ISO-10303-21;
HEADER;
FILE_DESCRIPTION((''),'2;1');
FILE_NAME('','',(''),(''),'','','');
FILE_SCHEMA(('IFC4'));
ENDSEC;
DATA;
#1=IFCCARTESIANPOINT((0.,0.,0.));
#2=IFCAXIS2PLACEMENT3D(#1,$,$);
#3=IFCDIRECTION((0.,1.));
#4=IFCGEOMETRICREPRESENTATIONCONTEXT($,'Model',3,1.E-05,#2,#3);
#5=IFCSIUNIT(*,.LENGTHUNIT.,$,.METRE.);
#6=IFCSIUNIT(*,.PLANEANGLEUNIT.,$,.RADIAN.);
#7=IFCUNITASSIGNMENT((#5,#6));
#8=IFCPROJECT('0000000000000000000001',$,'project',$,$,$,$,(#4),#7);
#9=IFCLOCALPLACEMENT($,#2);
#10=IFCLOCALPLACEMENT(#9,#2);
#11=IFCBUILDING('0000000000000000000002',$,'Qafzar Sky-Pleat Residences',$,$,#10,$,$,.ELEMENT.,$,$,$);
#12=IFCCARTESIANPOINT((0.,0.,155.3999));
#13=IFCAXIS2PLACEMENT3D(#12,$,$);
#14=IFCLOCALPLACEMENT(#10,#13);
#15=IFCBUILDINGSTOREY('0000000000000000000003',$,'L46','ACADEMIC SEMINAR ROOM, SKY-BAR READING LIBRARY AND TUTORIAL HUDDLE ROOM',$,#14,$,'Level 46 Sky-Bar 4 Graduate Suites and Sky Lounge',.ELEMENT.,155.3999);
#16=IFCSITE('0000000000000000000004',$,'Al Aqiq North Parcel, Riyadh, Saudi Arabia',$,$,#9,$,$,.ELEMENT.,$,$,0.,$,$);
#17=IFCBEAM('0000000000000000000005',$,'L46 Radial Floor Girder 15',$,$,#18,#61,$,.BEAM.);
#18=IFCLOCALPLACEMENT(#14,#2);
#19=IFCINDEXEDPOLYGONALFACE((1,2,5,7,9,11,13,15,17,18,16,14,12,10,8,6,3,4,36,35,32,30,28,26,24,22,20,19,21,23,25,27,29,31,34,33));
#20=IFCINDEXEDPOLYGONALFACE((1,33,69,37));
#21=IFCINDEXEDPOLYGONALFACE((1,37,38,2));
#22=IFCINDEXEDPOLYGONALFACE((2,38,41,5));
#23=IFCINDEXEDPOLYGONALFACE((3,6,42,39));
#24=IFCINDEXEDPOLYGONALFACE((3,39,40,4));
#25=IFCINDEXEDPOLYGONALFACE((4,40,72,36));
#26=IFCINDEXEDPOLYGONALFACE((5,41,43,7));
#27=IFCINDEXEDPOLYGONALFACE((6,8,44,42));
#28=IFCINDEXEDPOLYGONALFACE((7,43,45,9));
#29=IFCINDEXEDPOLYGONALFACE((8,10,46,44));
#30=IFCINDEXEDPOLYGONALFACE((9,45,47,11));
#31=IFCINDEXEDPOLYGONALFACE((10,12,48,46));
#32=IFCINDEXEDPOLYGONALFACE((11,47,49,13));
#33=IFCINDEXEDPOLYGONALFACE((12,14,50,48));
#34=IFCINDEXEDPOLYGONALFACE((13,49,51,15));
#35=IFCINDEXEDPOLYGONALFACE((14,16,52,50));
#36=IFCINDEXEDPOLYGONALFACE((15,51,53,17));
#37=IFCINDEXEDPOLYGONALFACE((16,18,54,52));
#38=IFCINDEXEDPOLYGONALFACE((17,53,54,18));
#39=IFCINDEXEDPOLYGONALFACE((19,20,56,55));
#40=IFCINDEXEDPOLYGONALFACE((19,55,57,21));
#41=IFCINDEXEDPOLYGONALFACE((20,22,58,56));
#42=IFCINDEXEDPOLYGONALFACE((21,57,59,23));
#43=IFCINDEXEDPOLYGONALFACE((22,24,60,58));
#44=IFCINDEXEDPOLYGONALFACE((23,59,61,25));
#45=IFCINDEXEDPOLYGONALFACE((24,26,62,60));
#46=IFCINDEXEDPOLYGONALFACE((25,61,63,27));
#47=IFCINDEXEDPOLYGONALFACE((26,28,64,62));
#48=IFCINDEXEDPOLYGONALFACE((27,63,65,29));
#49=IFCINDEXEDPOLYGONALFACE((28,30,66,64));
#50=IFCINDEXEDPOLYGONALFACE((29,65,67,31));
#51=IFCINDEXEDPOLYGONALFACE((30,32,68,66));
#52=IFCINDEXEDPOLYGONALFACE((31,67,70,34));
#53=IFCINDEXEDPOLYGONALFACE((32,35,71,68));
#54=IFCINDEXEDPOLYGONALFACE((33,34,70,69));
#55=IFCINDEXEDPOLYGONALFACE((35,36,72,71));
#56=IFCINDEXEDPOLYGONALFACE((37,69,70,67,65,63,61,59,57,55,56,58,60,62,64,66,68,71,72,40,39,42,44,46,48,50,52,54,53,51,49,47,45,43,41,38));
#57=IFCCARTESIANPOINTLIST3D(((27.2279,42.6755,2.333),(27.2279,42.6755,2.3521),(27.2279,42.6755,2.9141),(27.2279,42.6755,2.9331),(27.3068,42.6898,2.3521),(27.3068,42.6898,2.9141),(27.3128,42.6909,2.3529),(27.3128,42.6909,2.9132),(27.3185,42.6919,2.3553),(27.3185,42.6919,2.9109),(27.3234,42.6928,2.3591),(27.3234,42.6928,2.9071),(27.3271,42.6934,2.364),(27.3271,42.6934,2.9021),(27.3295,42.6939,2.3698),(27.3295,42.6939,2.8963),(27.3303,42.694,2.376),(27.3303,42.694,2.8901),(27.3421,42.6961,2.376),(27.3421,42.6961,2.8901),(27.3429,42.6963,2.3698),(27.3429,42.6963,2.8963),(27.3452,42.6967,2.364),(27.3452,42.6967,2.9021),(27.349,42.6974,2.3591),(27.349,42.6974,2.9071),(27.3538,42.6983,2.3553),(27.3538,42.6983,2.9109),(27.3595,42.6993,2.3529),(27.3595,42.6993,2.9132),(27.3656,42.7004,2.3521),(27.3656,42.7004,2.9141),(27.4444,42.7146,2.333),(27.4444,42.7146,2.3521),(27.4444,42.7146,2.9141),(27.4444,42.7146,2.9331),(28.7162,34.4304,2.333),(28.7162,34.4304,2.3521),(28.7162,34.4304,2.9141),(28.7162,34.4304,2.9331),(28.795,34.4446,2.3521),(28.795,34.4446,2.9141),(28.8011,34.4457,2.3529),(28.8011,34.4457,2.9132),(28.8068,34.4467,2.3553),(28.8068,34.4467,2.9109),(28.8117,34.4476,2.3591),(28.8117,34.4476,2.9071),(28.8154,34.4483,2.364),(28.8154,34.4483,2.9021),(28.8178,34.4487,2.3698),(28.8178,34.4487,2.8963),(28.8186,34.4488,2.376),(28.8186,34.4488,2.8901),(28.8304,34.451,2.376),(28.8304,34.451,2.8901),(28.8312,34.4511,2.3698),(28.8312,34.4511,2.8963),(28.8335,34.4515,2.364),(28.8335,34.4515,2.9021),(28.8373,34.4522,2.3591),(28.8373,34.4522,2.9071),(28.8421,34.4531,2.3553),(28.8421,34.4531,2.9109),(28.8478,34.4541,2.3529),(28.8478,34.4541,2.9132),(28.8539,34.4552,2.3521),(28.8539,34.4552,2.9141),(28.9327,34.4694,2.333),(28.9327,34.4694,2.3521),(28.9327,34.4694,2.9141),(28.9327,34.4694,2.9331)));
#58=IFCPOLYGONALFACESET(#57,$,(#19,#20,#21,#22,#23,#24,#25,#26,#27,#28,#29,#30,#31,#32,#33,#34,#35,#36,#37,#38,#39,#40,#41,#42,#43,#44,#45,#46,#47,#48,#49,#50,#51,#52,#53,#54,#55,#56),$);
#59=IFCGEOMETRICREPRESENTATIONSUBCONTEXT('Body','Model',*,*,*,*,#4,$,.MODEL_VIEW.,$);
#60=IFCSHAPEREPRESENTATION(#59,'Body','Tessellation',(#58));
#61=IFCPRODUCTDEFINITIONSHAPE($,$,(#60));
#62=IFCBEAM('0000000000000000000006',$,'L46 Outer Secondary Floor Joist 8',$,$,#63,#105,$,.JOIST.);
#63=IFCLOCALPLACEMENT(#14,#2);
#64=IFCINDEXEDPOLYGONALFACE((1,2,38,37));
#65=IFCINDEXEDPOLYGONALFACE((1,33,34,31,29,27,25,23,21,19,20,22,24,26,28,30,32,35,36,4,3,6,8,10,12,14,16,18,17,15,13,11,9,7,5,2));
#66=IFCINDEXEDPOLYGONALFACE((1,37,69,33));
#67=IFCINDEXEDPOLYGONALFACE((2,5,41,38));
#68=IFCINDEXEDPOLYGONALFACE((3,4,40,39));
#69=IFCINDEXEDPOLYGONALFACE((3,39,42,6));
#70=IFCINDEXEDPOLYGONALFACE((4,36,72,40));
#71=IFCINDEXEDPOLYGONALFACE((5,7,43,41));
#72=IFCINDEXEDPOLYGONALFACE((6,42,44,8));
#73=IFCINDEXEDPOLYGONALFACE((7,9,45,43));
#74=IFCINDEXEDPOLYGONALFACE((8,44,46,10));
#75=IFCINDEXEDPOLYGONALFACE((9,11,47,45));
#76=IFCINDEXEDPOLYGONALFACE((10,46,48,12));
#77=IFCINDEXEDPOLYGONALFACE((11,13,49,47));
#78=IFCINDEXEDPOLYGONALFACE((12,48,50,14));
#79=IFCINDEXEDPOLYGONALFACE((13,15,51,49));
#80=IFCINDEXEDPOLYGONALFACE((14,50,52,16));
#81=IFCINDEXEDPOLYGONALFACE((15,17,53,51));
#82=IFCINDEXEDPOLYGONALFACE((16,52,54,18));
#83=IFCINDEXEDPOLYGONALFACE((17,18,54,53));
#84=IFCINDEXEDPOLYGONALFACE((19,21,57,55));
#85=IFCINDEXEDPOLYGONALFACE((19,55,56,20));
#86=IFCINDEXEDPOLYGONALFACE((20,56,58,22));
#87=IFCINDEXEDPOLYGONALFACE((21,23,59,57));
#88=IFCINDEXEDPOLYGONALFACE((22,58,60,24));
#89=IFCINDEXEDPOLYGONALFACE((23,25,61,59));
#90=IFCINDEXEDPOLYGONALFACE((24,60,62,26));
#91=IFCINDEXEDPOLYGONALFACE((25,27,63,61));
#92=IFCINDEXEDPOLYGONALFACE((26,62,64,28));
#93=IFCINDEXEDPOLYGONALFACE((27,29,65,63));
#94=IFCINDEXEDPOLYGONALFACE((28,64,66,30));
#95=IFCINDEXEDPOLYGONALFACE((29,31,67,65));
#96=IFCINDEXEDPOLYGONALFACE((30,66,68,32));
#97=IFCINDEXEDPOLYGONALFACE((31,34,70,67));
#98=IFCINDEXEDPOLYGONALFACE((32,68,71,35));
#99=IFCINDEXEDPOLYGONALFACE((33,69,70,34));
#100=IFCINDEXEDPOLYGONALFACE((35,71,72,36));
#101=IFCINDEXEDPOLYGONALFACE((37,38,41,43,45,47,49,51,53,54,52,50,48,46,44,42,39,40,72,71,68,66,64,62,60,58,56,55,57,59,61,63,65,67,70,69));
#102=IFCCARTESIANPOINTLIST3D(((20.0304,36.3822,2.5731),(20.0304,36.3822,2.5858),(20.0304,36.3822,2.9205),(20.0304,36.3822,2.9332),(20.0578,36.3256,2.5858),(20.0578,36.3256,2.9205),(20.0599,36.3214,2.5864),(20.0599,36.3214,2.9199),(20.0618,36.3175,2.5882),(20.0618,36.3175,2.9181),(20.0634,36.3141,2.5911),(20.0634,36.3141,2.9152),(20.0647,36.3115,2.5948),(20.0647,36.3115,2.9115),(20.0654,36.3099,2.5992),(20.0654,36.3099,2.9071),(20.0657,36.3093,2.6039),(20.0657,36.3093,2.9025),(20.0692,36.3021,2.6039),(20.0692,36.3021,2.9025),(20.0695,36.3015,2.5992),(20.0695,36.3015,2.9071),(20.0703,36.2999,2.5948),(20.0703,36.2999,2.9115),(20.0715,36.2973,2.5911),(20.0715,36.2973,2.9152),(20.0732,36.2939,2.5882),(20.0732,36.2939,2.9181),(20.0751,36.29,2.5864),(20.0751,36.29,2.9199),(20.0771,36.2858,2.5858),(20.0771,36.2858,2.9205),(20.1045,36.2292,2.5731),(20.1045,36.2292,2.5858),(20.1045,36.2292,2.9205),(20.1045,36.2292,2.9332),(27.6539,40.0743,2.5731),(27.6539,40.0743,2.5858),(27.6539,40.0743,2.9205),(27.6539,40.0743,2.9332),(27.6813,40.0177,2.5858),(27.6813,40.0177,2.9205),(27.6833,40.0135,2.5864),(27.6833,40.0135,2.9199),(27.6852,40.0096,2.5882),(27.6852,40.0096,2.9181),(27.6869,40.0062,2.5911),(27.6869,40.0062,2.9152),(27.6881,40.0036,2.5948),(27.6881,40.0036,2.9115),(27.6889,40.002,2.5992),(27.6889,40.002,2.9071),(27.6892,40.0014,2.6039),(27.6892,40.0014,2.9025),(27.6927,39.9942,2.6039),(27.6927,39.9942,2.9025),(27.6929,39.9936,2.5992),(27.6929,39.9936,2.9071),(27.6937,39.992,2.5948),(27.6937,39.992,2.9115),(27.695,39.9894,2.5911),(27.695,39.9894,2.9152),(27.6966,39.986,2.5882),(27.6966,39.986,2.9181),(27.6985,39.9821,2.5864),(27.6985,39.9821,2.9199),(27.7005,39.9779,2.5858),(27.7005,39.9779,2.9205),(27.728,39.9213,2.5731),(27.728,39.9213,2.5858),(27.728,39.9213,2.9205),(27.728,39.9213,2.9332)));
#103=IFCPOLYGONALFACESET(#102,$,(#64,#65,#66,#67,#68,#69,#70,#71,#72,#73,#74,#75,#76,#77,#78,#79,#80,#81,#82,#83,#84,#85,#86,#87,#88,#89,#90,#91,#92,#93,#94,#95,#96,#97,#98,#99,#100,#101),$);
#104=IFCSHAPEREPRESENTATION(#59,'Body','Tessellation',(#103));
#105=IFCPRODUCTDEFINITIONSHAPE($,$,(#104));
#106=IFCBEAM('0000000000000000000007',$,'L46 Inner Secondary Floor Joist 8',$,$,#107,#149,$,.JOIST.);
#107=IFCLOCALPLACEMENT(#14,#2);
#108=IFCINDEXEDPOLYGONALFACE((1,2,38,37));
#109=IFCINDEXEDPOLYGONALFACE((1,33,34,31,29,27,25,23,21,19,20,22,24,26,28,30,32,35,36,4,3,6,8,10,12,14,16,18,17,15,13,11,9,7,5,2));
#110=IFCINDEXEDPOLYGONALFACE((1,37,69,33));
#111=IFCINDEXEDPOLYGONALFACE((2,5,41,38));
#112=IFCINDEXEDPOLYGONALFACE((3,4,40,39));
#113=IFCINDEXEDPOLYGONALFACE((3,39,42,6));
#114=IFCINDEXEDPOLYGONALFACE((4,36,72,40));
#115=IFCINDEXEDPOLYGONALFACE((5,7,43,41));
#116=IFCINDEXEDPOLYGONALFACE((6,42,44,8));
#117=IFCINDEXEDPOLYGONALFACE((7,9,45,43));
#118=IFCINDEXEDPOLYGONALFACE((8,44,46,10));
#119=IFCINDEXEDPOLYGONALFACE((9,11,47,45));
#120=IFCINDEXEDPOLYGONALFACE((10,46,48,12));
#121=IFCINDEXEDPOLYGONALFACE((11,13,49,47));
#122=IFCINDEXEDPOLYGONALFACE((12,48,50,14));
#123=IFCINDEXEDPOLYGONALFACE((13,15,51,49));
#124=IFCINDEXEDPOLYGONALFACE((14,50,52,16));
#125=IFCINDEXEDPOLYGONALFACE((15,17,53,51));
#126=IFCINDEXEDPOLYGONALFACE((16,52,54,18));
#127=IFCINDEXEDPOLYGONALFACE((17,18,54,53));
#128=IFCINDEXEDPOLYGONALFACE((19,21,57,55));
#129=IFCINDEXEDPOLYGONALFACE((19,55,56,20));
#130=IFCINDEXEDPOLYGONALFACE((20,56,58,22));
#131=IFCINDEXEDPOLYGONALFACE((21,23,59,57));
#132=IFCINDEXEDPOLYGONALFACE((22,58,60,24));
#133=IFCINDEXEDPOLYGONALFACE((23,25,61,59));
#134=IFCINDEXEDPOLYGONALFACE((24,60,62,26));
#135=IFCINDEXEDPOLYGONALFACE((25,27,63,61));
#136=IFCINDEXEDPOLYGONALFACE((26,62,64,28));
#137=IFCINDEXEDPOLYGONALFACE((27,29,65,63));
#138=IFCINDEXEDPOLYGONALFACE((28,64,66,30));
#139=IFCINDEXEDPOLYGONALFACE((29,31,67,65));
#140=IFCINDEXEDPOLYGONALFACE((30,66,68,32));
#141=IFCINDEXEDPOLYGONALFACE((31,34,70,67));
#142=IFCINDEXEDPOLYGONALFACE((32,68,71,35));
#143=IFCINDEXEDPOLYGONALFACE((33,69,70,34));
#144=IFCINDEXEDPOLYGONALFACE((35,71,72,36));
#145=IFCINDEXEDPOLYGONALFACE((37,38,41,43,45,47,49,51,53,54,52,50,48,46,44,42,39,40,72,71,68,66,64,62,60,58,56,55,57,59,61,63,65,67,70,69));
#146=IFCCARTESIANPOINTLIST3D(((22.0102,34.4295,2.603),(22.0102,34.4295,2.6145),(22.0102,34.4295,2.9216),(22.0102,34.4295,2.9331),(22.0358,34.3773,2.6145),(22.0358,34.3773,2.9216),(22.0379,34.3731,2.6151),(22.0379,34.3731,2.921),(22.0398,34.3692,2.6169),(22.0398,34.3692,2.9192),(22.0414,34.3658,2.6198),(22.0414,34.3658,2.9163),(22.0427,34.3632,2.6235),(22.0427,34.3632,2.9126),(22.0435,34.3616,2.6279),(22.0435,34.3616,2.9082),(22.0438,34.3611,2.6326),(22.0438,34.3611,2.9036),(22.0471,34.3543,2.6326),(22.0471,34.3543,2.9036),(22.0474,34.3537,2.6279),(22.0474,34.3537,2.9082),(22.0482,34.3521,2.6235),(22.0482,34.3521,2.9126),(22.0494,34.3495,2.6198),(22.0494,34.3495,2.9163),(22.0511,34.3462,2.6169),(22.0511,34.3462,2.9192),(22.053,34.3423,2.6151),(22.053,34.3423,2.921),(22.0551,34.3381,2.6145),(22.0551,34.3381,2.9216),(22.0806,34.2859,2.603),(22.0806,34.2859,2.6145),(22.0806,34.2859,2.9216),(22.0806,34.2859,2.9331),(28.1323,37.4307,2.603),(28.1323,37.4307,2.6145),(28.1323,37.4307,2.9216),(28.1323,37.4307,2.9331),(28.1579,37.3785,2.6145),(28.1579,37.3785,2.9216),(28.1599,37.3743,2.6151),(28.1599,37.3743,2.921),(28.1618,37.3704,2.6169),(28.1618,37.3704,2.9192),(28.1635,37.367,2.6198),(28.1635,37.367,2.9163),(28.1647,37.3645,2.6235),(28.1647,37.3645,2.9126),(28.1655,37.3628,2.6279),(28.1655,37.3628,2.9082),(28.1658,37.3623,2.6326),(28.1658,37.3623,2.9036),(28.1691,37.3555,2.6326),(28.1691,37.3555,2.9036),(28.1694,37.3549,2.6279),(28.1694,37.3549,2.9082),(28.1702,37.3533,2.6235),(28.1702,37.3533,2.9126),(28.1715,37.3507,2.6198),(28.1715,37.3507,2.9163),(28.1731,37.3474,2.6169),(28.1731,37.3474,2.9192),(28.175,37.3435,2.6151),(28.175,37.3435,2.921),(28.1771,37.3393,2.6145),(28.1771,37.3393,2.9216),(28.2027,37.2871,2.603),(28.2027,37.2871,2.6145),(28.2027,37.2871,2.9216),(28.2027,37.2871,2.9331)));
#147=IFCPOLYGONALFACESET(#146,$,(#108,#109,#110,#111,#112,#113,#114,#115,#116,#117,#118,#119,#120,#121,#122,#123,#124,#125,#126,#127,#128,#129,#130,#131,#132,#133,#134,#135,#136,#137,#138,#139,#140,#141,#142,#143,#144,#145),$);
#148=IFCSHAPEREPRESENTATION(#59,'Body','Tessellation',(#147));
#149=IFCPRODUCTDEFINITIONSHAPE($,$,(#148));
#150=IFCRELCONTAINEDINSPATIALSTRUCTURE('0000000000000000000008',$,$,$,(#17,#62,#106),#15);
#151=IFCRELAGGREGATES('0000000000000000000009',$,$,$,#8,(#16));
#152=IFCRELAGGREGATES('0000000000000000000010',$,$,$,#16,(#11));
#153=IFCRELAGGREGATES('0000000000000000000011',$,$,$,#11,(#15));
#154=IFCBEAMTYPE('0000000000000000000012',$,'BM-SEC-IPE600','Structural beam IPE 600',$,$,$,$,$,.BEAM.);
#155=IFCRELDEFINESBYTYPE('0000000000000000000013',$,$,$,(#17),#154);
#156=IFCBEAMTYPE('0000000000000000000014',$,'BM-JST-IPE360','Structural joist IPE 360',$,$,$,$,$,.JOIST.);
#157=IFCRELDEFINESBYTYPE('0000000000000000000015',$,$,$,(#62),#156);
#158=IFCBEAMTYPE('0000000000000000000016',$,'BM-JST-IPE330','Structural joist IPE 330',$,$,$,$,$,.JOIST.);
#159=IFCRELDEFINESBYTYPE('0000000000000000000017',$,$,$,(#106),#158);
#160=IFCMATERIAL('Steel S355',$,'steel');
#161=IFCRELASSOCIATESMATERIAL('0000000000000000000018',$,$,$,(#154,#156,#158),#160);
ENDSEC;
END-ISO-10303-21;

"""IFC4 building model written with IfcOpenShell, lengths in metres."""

from ifc_helpers import new_model, si_unit, direction, frame, origin, origin_2d, place, context, subcontext, project, spatial, i_section, extrude, source, transform, mapped, material, material_profile, profile_set, type_object, element, save


model = new_model("IFC4")

# Units and contexts
model_context = context("Model", 3, precision=1e-05, world=origin(), true_north=direction((0.0, 1.0)))
body_context = subcontext(model_context, "Body", "Model", "MODEL_VIEW")
ifc_project = project(units=[si_unit("LENGTHUNIT", "METRE"), si_unit("PLANEANGLEUNIT", "RADIAN")], contexts=[model_context])

# Site, building, storey
site_placement = place(None, origin())
site = spatial("IfcSite", under=ifc_project, at=site_placement, Name="Al Aqiq North Parcel, Riyadh, Saudi Arabia", CompositionType="ELEMENT", RefElevation=0.0)
building_placement = place(site_placement, origin())
building = spatial("IfcBuilding", under=site, at=building_placement, Name="Qafzar Sky-Pleat Residences", CompositionType="ELEMENT")
storey_placement = place(building_placement, frame((0.0, 0.0, 155.3999)))
storey = spatial("IfcBuildingStorey", under=building, at=storey_placement, Name="L46", Description="ACADEMIC SEMINAR ROOM, SKY-BAR READING LIBRARY AND TUTORIAL HUDDLE ROOM", LongName="Level 46 Sky-Bar 4 Graduate Suites and Sky Lounge", CompositionType="ELEMENT", Elevation=155.3999)

# Shared definitions
ifc_material_1 = material(Name="Steel S355", Category="steel")

# Beams
ifc_material_profile_1 = material_profile(ifc_material_1, i_section(OverallWidth=0.22, OverallDepth=0.6001, WebThickness=0.012, FlangeThickness=0.019, FilletRadius=0.0239, at=origin_2d()), Name="IPE 600")
ifc_profile_set_1 = profile_set([ifc_material_profile_1], Name="Steel S355")
beam_type_1 = type_object("IfcBeamType", Name="BM-SEC-IPE600", Description="Structural beam IPE 600", PredefinedType="BEAM", material=ifc_profile_set_1)
shared_shape_1 = source(origin(), body_context, "Body", "SweptSolid", [
    extrude(i_section(OverallWidth=0.22, OverallDepth=0.6001, WebThickness=0.012, FlangeThickness=0.019, FilletRadius=0.0239, at=origin_2d()), origin(), (0.0, 0.0, 1.0), 8.3784),
])
beam_1_placement = place(storey_placement, frame((27.3362, 42.6951, 2.6331), z_axis=(0.177634, -0.984097, 0.0), x_axis=(0.984097, 0.177634, 0.0)))
element("IfcBeam", 1, at=beam_1_placement, inside=storey, type_object=beam_type_1, Name="L46 Radial Floor Girder 15", PredefinedType="BEAM", context=body_context, shape_type="MappedRepresentation", body=[
    mapped(shared_shape_1, transform((0.0, 0.0, 0.0), x_axis=(1.0, 0.0, 0.0), y_axis=(0.0, 1.0, 0.0), z_axis=(0.0, 0.0, 1.0), scale=1.0)),
])
ifc_material_profile_2 = material_profile(ifc_material_1, i_section(OverallWidth=0.1699, OverallDepth=0.3601, WebThickness=0.0081, FlangeThickness=0.0127, FilletRadius=0.0181, at=origin_2d()), Name="IPE 360")
ifc_profile_set_2 = profile_set([ifc_material_profile_2], Name="Steel S355")
beam_type_2 = type_object("IfcBeamType", Name="BM-JST-IPE360", Description="Structural joist IPE 360", PredefinedType="JOIST", material=ifc_profile_set_2)
shared_shape_2 = source(origin(), body_context, "Body", "SweptSolid", [
    extrude(i_section(OverallWidth=0.1699, OverallDepth=0.3601, WebThickness=0.0081, FlangeThickness=0.0127, FilletRadius=0.0181, at=origin_2d()), origin(), (0.0, 0.0, 1.0), 8.4705),
])
beam_2_placement = place(storey_placement, frame((27.6909, 39.9978, 2.7532), z_axis=(-0.900005, -0.43588, 0.0), x_axis=(0.43588, -0.900005, 0.0)))
element("IfcBeam", 2, at=beam_2_placement, inside=storey, type_object=beam_type_2, Name="L46 Outer Secondary Floor Joist 8", PredefinedType="JOIST", context=body_context, shape_type="MappedRepresentation", body=[
    mapped(shared_shape_2, transform((0.0, 0.0, 0.0), x_axis=(1.0, 0.0, 0.0), y_axis=(0.0, 1.0, 0.0), z_axis=(0.0, 0.0, 1.0), scale=1.0)),
])
ifc_material_profile_3 = material_profile(ifc_material_1, i_section(OverallWidth=0.1599, OverallDepth=0.3301, WebThickness=0.0076, FlangeThickness=0.0115, FilletRadius=0.0181, at=origin_2d()), Name="IPE 330")
ifc_profile_set_3 = profile_set([ifc_material_profile_3], Name="Steel S355")
beam_type_3 = type_object("IfcBeamType", Name="BM-JST-IPE330", Description="Structural joist IPE 330", PredefinedType="JOIST", material=ifc_profile_set_3)
shared_shape_3 = source(origin(), body_context, "Body", "SweptSolid", [
    extrude(i_section(OverallWidth=0.1599, OverallDepth=0.3301, WebThickness=0.0076, FlangeThickness=0.0115, FilletRadius=0.0181, at=origin_2d()), origin(), (0.0, 0.0, 1.0), 6.8181),
])
beam_3_placement = place(storey_placement, frame((28.1675, 37.3589, 2.7681), z_axis=(-0.897909, -0.440182, 0.0), x_axis=(0.440182, -0.897909, 0.0)))
element("IfcBeam", 3, at=beam_3_placement, inside=storey, type_object=beam_type_3, Name="L46 Inner Secondary Floor Joist 8", PredefinedType="JOIST", context=body_context, shape_type="MappedRepresentation", body=[
    mapped(shared_shape_3, transform((0.0, 0.0, 0.0), x_axis=(1.0, 0.0, 0.0), y_axis=(0.0, 1.0, 0.0), z_axis=(0.0, 0.0, 1.0), scale=1.0)),
])

save(model, "model.ifc")
